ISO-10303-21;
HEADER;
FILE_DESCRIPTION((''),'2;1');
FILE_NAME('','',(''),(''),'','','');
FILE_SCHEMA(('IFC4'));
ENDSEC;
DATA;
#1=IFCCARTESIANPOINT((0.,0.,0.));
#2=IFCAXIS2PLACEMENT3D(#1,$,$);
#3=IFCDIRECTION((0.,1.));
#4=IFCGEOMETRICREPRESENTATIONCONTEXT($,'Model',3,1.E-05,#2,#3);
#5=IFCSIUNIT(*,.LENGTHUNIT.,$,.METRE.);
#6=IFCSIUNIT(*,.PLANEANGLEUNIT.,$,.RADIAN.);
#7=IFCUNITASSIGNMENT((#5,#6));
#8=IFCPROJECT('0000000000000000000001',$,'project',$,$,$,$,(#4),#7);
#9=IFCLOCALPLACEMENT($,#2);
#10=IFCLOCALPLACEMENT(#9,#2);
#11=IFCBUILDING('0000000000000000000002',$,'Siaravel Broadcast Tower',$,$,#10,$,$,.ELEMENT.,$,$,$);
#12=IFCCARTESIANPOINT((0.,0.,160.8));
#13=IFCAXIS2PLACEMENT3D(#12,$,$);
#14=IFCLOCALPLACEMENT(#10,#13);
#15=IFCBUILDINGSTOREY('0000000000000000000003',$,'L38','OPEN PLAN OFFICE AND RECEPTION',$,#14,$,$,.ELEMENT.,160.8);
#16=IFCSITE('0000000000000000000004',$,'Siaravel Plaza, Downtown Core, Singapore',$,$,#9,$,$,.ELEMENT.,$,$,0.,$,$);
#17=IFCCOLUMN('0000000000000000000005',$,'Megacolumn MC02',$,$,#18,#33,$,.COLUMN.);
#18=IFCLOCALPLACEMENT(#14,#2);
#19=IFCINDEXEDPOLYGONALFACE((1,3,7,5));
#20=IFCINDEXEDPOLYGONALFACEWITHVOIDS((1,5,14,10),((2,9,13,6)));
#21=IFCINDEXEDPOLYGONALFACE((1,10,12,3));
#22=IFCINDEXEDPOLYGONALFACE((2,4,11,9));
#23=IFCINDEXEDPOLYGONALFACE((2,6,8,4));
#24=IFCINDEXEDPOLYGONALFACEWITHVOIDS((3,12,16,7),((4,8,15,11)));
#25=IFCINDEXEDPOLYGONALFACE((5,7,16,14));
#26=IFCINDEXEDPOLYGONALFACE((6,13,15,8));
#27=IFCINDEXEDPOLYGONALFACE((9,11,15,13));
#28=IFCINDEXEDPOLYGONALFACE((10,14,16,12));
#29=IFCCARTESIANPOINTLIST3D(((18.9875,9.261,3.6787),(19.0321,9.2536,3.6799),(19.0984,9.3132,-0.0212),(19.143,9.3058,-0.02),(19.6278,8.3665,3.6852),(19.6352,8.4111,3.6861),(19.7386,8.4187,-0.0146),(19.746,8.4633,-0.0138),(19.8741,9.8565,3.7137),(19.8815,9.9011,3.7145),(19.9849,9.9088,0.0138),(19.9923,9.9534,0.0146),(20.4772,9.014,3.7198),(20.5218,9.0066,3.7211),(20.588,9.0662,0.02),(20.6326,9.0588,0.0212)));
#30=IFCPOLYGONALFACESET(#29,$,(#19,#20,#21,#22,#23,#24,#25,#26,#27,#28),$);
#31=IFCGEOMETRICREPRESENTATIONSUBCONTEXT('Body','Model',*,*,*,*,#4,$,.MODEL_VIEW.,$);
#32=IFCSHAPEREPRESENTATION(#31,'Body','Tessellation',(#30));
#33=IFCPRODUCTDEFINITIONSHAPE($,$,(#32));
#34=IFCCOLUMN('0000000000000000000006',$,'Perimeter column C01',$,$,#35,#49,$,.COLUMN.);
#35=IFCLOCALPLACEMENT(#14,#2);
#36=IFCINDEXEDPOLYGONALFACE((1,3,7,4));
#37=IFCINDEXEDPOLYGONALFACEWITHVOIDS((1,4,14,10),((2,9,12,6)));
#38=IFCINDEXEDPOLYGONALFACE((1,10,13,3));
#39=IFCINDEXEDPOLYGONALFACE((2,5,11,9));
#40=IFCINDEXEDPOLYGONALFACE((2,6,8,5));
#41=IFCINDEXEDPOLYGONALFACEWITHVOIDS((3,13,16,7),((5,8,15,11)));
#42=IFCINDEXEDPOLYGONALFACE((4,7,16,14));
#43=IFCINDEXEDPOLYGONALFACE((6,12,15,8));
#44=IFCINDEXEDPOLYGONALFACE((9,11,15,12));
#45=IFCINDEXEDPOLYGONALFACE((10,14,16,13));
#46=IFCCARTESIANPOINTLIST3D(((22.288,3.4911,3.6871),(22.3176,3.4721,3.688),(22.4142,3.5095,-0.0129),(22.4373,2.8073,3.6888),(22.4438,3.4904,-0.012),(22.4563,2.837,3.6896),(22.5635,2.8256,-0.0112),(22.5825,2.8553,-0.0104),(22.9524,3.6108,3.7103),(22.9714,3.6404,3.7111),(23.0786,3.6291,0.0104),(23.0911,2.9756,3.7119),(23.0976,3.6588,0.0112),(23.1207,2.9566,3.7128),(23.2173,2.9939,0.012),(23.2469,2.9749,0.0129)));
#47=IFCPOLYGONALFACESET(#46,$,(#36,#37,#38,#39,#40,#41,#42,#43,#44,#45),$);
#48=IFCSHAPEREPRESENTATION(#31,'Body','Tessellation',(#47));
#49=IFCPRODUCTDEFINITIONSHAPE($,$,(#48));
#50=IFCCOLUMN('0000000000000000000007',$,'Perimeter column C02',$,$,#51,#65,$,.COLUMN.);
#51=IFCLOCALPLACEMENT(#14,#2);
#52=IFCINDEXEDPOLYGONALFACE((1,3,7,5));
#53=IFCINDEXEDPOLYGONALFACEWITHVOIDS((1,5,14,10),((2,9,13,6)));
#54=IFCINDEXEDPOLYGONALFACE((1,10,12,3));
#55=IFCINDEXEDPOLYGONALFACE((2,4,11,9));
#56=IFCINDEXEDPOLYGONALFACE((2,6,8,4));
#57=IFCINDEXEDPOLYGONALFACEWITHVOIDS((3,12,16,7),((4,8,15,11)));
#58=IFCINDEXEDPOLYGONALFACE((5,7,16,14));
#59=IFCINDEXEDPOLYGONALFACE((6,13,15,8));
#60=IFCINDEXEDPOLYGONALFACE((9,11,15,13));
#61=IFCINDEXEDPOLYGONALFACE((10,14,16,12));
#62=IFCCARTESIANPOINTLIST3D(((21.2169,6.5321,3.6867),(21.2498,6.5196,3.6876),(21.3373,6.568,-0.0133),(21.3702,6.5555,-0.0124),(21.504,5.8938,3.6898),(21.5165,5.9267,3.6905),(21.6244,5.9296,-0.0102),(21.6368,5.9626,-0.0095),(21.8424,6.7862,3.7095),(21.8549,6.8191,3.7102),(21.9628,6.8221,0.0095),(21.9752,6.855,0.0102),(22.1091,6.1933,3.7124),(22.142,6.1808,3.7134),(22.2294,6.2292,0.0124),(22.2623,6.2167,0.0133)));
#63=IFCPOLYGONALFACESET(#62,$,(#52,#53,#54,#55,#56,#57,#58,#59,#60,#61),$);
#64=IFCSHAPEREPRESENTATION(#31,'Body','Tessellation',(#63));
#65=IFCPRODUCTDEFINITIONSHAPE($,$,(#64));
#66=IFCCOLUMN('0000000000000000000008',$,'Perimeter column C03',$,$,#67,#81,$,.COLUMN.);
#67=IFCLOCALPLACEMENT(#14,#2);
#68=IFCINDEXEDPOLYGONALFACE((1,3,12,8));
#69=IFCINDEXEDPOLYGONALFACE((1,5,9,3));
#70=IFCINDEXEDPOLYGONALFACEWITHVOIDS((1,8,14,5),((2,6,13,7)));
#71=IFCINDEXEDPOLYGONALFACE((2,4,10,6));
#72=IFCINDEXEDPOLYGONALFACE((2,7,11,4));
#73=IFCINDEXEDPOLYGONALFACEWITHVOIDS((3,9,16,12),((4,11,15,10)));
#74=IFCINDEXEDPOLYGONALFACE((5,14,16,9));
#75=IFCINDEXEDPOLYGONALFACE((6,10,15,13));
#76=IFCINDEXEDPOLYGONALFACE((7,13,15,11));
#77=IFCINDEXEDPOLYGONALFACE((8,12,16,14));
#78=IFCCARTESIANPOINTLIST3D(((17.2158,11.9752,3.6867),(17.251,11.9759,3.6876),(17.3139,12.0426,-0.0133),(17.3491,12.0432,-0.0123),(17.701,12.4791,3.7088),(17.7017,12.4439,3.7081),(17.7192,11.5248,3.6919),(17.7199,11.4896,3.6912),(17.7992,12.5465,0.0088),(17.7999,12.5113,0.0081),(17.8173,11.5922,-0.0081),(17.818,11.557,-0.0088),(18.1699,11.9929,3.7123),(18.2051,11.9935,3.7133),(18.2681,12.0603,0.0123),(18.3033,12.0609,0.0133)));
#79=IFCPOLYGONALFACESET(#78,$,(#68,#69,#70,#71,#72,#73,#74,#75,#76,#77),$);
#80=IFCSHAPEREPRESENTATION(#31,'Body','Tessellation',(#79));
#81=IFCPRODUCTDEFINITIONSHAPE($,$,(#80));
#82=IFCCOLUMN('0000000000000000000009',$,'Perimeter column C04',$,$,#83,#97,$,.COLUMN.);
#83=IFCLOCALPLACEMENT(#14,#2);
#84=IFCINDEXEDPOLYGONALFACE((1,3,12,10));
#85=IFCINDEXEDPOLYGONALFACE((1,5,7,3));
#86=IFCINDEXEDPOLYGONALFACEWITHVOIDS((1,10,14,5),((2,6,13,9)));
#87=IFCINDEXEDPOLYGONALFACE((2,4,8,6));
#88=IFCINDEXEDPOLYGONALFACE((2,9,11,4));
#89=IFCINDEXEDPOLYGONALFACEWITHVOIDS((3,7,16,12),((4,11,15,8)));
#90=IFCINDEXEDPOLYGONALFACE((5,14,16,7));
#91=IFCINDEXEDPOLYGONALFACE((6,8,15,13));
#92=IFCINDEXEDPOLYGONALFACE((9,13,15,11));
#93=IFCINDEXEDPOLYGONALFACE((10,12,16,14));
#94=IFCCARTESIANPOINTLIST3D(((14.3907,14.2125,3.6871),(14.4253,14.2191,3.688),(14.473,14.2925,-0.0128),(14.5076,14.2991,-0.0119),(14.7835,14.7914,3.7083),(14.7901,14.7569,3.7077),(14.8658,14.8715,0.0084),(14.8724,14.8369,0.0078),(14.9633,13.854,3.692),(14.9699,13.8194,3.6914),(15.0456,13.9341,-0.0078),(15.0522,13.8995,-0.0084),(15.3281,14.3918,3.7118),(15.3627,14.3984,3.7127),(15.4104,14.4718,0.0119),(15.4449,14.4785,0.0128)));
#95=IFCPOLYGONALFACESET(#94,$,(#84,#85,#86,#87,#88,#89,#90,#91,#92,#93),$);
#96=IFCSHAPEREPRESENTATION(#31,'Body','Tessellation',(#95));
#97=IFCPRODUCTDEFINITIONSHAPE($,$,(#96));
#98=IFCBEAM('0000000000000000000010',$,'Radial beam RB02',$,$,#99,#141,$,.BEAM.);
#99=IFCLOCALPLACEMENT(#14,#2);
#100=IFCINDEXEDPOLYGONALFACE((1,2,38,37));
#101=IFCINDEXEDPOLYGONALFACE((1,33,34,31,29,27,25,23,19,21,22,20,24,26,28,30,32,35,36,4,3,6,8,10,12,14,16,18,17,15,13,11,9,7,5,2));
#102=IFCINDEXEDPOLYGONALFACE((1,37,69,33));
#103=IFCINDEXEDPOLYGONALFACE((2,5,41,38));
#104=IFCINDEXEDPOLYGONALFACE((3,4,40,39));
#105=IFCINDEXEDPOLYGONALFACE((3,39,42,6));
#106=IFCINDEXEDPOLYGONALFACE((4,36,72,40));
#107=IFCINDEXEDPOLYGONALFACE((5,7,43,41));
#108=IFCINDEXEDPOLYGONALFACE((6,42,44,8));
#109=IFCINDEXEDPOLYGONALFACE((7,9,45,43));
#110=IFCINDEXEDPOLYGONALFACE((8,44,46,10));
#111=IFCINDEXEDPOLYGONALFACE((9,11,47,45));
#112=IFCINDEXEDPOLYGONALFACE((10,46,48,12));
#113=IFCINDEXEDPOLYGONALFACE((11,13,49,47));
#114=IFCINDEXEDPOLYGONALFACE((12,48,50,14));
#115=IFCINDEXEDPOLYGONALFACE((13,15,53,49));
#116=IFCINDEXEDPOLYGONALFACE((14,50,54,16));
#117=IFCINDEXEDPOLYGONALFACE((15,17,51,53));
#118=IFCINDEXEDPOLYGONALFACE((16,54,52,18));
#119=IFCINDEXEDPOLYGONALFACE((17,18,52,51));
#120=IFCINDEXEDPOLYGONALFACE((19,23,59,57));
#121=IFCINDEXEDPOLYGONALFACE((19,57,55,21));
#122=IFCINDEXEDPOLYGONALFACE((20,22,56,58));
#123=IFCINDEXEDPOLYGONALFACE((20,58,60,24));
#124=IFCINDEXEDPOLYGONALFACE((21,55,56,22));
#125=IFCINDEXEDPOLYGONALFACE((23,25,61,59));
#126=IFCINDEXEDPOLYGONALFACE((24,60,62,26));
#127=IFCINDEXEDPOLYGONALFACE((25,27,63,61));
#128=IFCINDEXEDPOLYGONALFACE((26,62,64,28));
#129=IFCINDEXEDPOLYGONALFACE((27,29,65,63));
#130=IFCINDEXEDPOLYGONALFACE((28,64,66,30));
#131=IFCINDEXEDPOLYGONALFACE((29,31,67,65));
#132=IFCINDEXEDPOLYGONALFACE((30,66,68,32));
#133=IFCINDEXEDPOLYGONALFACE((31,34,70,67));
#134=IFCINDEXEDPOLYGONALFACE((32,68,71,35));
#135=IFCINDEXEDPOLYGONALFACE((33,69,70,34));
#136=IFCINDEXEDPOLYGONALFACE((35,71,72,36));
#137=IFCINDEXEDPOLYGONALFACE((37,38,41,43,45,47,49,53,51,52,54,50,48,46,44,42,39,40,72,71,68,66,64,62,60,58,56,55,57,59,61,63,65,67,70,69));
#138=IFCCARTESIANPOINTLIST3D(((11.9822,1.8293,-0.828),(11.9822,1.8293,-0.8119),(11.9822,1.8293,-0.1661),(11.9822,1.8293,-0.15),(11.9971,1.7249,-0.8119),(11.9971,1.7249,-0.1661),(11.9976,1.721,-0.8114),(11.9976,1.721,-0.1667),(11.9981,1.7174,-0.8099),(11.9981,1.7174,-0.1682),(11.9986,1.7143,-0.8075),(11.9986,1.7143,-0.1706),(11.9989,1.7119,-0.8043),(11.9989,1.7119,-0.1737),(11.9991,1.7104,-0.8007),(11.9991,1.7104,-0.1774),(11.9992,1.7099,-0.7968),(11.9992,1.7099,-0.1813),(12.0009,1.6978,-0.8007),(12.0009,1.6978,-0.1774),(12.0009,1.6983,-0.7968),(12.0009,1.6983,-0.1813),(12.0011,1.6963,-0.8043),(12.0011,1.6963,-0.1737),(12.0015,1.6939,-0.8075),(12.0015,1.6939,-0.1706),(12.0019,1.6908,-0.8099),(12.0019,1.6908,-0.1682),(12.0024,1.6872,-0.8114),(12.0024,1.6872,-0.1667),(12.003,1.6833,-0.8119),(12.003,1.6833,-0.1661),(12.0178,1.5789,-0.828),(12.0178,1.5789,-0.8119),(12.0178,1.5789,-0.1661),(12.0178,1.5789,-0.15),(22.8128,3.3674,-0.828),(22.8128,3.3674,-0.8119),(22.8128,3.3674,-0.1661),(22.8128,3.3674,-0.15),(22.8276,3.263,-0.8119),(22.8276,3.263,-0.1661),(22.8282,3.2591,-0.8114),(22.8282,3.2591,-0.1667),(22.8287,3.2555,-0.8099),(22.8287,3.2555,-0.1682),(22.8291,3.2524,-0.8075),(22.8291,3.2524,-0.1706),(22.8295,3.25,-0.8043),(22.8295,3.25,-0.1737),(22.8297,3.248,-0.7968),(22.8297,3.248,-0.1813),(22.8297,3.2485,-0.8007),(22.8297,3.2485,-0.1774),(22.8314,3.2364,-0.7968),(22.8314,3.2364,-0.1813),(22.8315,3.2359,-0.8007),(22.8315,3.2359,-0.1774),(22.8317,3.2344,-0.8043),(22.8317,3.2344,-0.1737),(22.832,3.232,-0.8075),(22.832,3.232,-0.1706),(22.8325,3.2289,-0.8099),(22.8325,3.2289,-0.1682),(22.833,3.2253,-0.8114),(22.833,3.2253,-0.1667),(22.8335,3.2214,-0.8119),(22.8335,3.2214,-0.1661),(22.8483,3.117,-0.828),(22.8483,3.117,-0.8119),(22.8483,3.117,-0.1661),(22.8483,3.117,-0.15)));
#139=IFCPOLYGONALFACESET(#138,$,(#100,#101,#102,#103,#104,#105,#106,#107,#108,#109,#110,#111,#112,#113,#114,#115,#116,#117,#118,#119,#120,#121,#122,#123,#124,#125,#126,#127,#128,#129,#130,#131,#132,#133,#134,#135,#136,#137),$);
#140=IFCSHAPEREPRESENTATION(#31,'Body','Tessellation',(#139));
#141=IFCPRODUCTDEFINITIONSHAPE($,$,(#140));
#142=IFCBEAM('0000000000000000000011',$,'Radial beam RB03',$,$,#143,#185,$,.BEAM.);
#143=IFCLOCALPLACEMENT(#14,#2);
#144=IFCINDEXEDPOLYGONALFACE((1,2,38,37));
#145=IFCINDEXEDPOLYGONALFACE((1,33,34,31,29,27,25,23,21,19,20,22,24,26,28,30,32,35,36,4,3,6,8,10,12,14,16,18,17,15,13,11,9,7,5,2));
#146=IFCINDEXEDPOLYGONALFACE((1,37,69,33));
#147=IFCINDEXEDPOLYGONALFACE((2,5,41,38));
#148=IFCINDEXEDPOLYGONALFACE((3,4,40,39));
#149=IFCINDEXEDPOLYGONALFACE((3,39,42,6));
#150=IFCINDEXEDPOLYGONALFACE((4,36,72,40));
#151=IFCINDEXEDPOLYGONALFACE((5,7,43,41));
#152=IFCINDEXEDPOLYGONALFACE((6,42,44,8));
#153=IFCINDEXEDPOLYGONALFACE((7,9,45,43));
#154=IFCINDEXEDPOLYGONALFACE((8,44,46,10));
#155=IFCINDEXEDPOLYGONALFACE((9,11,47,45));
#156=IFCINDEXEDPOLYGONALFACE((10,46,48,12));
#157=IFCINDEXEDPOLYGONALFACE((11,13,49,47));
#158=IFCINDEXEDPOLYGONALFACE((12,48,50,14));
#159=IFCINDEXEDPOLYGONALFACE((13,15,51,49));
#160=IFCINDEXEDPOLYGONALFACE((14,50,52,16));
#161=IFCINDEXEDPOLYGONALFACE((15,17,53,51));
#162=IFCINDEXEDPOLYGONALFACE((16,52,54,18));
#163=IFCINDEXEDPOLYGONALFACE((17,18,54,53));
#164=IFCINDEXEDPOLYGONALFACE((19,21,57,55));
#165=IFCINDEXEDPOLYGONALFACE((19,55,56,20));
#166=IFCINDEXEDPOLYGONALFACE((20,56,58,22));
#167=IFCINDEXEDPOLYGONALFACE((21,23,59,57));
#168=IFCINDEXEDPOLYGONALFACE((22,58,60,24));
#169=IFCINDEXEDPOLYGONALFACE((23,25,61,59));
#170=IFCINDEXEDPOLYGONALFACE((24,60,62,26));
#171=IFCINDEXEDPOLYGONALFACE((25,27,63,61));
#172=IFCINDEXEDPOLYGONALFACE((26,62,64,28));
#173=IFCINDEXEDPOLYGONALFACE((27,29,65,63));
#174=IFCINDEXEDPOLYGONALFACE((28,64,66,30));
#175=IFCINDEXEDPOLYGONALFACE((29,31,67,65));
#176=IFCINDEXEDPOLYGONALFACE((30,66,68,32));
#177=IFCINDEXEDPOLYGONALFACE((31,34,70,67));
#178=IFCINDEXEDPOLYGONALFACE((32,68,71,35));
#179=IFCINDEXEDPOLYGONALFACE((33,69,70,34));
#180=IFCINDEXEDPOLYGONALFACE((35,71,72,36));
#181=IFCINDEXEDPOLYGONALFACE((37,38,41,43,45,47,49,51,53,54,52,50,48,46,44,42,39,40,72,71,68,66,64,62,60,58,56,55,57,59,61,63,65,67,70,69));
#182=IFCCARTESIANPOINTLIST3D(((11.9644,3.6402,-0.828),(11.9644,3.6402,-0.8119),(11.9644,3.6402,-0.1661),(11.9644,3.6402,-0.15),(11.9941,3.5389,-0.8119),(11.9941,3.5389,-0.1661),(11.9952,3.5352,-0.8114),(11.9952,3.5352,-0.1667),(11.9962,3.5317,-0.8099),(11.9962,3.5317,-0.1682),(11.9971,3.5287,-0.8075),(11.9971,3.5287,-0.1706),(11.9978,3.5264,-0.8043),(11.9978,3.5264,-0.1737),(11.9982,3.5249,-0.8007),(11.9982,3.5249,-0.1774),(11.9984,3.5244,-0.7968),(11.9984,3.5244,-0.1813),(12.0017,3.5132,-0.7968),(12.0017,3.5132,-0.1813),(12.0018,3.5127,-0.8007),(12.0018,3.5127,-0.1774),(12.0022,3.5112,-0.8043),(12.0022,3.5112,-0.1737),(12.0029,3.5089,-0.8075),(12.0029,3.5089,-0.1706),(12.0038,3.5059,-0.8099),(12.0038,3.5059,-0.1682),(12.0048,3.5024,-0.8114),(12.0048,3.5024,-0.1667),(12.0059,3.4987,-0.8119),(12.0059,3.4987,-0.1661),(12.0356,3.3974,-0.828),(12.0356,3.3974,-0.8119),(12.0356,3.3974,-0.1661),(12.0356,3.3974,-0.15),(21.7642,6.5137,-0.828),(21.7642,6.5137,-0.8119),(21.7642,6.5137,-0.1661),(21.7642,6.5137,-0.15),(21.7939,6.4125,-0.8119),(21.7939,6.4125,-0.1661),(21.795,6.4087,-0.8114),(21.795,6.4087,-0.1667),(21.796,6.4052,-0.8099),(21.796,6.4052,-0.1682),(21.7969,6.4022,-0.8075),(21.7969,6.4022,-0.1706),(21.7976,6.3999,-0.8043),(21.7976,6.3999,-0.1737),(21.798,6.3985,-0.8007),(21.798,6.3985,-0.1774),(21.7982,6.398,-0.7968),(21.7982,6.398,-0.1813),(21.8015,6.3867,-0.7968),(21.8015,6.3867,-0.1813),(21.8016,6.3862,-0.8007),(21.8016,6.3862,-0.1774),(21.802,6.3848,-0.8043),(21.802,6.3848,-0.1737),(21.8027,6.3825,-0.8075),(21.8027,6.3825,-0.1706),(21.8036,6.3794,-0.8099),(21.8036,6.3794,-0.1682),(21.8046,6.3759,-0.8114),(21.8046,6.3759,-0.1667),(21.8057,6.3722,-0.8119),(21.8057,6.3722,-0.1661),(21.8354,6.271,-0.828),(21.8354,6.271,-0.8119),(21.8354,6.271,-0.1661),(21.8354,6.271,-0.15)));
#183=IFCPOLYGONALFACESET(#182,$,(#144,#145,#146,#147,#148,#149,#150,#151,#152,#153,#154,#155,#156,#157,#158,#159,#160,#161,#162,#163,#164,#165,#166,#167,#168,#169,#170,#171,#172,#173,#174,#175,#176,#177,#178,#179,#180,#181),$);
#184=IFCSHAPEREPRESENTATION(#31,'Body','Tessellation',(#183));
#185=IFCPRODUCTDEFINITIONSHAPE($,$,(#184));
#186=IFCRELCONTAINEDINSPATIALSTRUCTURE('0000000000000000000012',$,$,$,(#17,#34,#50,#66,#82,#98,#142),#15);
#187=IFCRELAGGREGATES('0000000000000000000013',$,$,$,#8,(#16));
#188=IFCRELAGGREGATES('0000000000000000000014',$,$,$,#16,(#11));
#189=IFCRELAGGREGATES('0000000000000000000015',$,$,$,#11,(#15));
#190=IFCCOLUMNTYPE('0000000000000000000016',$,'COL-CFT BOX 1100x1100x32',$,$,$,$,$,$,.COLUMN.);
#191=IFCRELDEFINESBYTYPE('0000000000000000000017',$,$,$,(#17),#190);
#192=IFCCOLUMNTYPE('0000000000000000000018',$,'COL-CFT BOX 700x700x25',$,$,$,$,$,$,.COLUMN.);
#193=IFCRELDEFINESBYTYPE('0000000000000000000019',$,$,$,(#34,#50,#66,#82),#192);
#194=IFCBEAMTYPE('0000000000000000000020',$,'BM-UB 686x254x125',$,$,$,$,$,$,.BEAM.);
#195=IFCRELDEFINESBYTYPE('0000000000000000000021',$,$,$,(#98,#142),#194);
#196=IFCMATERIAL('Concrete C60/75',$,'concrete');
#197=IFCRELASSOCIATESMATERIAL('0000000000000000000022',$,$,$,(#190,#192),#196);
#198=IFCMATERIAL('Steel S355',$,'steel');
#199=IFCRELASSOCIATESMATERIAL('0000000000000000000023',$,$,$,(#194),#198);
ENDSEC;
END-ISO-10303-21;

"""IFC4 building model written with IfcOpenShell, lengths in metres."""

from ifc_helpers import new_model, si_unit, direction, frame, origin, origin_2d, place, context, subcontext, project, spatial, hollow_rectangle, i_section, extrude, material, material_profile, profile_set, type_object, element, save


model = new_model("IFC4")

# Units and contexts
model_context = context("Model", 3, precision=1e-05, world=origin(), true_north=direction((0.0, 1.0)))
body_context = subcontext(model_context, "Body", "Model", "MODEL_VIEW")
ifc_project = project(units=[si_unit("LENGTHUNIT", "METRE"), si_unit("PLANEANGLEUNIT", "RADIAN")], contexts=[model_context])

# Site, building, storey
site_placement = place(None, origin())
site = spatial("IfcSite", under=ifc_project, at=site_placement, Name="Siaravel Plaza, Downtown Core, Singapore", CompositionType="ELEMENT", RefElevation=0.0)
building_placement = place(site_placement, origin())
building = spatial("IfcBuilding", under=site, at=building_placement, Name="Siaravel Broadcast Tower", CompositionType="ELEMENT")
storey_placement = place(building_placement, frame((0.0, 0.0, 160.8)))
storey = spatial("IfcBuildingStorey", under=building, at=storey_placement, Name="L38", Description="OPEN PLAN OFFICE AND RECEPTION", CompositionType="ELEMENT", Elevation=160.8)

# Columns
ifc_material_1 = material(Name="Concrete C60/75", Category="concrete")
ifc_material_profile_1 = material_profile(ifc_material_1, hollow_rectangle(XDim=1.1001, YDim=1.1001, WallThickness=0.032, at=origin_2d()))
ifc_profile_set_1 = profile_set([ifc_material_profile_1], Name="Concrete C60/75")
column_type_1 = type_object("IfcColumnType", Name="COL-CFT BOX 1100x1100x32", PredefinedType="COLUMN", material=ifc_profile_set_1)
column_1_placement = place(storey_placement, frame((19.8655, 9.186, 0.0), z_axis=(-0.029941, -0.014113, 0.999452), x_axis=(0.582028, -0.813147, 0.005954)))
element("IfcColumn", 1, at=column_1_placement, inside=storey, type_object=column_type_1, Name="Megacolumn MC02", PredefinedType="COLUMN", context=body_context, shape_type="SweptSolid", body=[
    extrude(hollow_rectangle(XDim=1.1001, YDim=1.1001, WallThickness=0.032, at=origin_2d()), origin(), (0.0, 0.0, 1.0), 3.7019),
])
ifc_material_profile_2 = material_profile(ifc_material_1, hollow_rectangle(XDim=0.7, YDim=0.7, WallThickness=0.0249, at=origin_2d()))
ifc_profile_set_2 = profile_set([ifc_material_profile_2], Name="Concrete C60/75")
column_type_2 = type_object("IfcColumnType", Name="COL-CFT BOX 700x700x25", PredefinedType="COLUMN", material=ifc_profile_set_2)
for number, where, z_axis, x_axis, name in (
    (2, (22.8306, 3.2422, 0.0), (-0.034094, -0.004946, 0.999406), (0.213333, -0.976977, 0.002443), "Perimeter column C01"),
    (3, (21.7998, 6.3923, 0.0), (-0.032512, -0.009694, 0.999424), (0.41014, -0.912011, 0.004496), "Perimeter column C02"),
):
    element("IfcColumn", number, at=place(storey_placement, frame(where, z_axis=z_axis, x_axis=x_axis)), inside=storey, type_object=column_type_2, Name=name, PredefinedType="COLUMN", context=body_context, shape_type="SweptSolid", body=[
        extrude(hollow_rectangle(XDim=0.7, YDim=0.7, WallThickness=0.0249, at=origin_2d()), origin(), (0.0, 0.0, 1.0), 3.7021),
    ])
column_2_placement = place(storey_placement, frame((17.8086, 12.0518, 0.0), z_axis=(-0.026512, -0.018202, 0.999483), x_axis=(0.720165, -0.693772, 0.006468)))
element("IfcColumn", 4, at=column_2_placement, inside=storey, type_object=column_type_2, Name="Perimeter column C03", PredefinedType="COLUMN", context=body_context, shape_type="SweptSolid", body=[
    extrude(hollow_rectangle(XDim=0.7, YDim=0.7, WallThickness=0.0249, at=origin_2d()), origin(), (0.0, 0.0, 1.0), 3.7019),
])
column_3_placement = place(storey_placement, frame((14.959, 14.3855, 0.0), z_axis=(-0.022226, -0.021633, 0.999519), x_axis=(0.827429, -0.561536, 0.006246)))
element("IfcColumn", 5, at=column_3_placement, inside=storey, type_object=column_type_2, Name="Perimeter column C04", PredefinedType="COLUMN", context=body_context, shape_type="SweptSolid", body=[
    extrude(hollow_rectangle(XDim=0.7, YDim=0.7, WallThickness=0.0249, at=origin_2d()), origin(), (0.0, 0.0, 1.0), 3.7017),
])

# Beams
ifc_material_2 = material(Name="Steel S355", Category="steel")
ifc_material_profile_3 = material_profile(ifc_material_2, i_section(OverallWidth=0.2529, OverallDepth=0.678, WebThickness=0.0117, FlangeThickness=0.0161, FilletRadius=0.0151, at=origin_2d()))
ifc_profile_set_3 = profile_set([ifc_material_profile_3], Name="Steel S355")
beam_type = type_object("IfcBeamType", Name="BM-UB 686x254x125", PredefinedType="BEAM", material=ifc_profile_set_3)
beam_1_placement = place(storey_placement, frame((22.8306, 3.2422, -0.489), z_axis=(-0.990066, -0.140603, 0.0), x_axis=(0.140603, -0.990066, 0.0)))
element("IfcBeam", 6, at=beam_1_placement, inside=storey, type_object=beam_type, Name="Radial beam RB02", PredefinedType="BEAM", context=body_context, shape_type="SweptSolid", body=[
    extrude(i_section(OverallWidth=0.2529, OverallDepth=0.678, WebThickness=0.0117, FlangeThickness=0.0161, FilletRadius=0.0151, at=origin_2d()), origin(), (0.0, 0.0, 1.0), 10.9392),
])
beam_2_placement = place(storey_placement, frame((21.7998, 6.3923, -0.489), z_axis=(-0.959597, -0.281377, 0.0), x_axis=(0.281377, -0.959597, 0.0)))
element("IfcBeam", 7, at=beam_2_placement, inside=storey, type_object=beam_type, Name="Radial beam RB03", PredefinedType="BEAM", context=body_context, shape_type="SweptSolid", body=[
    extrude(i_section(OverallWidth=0.2529, OverallDepth=0.678, WebThickness=0.0117, FlangeThickness=0.0161, FilletRadius=0.0151, at=origin_2d()), origin(), (0.0, 0.0, 1.0), 10.2124),
])

save(model, "model.ifc")
